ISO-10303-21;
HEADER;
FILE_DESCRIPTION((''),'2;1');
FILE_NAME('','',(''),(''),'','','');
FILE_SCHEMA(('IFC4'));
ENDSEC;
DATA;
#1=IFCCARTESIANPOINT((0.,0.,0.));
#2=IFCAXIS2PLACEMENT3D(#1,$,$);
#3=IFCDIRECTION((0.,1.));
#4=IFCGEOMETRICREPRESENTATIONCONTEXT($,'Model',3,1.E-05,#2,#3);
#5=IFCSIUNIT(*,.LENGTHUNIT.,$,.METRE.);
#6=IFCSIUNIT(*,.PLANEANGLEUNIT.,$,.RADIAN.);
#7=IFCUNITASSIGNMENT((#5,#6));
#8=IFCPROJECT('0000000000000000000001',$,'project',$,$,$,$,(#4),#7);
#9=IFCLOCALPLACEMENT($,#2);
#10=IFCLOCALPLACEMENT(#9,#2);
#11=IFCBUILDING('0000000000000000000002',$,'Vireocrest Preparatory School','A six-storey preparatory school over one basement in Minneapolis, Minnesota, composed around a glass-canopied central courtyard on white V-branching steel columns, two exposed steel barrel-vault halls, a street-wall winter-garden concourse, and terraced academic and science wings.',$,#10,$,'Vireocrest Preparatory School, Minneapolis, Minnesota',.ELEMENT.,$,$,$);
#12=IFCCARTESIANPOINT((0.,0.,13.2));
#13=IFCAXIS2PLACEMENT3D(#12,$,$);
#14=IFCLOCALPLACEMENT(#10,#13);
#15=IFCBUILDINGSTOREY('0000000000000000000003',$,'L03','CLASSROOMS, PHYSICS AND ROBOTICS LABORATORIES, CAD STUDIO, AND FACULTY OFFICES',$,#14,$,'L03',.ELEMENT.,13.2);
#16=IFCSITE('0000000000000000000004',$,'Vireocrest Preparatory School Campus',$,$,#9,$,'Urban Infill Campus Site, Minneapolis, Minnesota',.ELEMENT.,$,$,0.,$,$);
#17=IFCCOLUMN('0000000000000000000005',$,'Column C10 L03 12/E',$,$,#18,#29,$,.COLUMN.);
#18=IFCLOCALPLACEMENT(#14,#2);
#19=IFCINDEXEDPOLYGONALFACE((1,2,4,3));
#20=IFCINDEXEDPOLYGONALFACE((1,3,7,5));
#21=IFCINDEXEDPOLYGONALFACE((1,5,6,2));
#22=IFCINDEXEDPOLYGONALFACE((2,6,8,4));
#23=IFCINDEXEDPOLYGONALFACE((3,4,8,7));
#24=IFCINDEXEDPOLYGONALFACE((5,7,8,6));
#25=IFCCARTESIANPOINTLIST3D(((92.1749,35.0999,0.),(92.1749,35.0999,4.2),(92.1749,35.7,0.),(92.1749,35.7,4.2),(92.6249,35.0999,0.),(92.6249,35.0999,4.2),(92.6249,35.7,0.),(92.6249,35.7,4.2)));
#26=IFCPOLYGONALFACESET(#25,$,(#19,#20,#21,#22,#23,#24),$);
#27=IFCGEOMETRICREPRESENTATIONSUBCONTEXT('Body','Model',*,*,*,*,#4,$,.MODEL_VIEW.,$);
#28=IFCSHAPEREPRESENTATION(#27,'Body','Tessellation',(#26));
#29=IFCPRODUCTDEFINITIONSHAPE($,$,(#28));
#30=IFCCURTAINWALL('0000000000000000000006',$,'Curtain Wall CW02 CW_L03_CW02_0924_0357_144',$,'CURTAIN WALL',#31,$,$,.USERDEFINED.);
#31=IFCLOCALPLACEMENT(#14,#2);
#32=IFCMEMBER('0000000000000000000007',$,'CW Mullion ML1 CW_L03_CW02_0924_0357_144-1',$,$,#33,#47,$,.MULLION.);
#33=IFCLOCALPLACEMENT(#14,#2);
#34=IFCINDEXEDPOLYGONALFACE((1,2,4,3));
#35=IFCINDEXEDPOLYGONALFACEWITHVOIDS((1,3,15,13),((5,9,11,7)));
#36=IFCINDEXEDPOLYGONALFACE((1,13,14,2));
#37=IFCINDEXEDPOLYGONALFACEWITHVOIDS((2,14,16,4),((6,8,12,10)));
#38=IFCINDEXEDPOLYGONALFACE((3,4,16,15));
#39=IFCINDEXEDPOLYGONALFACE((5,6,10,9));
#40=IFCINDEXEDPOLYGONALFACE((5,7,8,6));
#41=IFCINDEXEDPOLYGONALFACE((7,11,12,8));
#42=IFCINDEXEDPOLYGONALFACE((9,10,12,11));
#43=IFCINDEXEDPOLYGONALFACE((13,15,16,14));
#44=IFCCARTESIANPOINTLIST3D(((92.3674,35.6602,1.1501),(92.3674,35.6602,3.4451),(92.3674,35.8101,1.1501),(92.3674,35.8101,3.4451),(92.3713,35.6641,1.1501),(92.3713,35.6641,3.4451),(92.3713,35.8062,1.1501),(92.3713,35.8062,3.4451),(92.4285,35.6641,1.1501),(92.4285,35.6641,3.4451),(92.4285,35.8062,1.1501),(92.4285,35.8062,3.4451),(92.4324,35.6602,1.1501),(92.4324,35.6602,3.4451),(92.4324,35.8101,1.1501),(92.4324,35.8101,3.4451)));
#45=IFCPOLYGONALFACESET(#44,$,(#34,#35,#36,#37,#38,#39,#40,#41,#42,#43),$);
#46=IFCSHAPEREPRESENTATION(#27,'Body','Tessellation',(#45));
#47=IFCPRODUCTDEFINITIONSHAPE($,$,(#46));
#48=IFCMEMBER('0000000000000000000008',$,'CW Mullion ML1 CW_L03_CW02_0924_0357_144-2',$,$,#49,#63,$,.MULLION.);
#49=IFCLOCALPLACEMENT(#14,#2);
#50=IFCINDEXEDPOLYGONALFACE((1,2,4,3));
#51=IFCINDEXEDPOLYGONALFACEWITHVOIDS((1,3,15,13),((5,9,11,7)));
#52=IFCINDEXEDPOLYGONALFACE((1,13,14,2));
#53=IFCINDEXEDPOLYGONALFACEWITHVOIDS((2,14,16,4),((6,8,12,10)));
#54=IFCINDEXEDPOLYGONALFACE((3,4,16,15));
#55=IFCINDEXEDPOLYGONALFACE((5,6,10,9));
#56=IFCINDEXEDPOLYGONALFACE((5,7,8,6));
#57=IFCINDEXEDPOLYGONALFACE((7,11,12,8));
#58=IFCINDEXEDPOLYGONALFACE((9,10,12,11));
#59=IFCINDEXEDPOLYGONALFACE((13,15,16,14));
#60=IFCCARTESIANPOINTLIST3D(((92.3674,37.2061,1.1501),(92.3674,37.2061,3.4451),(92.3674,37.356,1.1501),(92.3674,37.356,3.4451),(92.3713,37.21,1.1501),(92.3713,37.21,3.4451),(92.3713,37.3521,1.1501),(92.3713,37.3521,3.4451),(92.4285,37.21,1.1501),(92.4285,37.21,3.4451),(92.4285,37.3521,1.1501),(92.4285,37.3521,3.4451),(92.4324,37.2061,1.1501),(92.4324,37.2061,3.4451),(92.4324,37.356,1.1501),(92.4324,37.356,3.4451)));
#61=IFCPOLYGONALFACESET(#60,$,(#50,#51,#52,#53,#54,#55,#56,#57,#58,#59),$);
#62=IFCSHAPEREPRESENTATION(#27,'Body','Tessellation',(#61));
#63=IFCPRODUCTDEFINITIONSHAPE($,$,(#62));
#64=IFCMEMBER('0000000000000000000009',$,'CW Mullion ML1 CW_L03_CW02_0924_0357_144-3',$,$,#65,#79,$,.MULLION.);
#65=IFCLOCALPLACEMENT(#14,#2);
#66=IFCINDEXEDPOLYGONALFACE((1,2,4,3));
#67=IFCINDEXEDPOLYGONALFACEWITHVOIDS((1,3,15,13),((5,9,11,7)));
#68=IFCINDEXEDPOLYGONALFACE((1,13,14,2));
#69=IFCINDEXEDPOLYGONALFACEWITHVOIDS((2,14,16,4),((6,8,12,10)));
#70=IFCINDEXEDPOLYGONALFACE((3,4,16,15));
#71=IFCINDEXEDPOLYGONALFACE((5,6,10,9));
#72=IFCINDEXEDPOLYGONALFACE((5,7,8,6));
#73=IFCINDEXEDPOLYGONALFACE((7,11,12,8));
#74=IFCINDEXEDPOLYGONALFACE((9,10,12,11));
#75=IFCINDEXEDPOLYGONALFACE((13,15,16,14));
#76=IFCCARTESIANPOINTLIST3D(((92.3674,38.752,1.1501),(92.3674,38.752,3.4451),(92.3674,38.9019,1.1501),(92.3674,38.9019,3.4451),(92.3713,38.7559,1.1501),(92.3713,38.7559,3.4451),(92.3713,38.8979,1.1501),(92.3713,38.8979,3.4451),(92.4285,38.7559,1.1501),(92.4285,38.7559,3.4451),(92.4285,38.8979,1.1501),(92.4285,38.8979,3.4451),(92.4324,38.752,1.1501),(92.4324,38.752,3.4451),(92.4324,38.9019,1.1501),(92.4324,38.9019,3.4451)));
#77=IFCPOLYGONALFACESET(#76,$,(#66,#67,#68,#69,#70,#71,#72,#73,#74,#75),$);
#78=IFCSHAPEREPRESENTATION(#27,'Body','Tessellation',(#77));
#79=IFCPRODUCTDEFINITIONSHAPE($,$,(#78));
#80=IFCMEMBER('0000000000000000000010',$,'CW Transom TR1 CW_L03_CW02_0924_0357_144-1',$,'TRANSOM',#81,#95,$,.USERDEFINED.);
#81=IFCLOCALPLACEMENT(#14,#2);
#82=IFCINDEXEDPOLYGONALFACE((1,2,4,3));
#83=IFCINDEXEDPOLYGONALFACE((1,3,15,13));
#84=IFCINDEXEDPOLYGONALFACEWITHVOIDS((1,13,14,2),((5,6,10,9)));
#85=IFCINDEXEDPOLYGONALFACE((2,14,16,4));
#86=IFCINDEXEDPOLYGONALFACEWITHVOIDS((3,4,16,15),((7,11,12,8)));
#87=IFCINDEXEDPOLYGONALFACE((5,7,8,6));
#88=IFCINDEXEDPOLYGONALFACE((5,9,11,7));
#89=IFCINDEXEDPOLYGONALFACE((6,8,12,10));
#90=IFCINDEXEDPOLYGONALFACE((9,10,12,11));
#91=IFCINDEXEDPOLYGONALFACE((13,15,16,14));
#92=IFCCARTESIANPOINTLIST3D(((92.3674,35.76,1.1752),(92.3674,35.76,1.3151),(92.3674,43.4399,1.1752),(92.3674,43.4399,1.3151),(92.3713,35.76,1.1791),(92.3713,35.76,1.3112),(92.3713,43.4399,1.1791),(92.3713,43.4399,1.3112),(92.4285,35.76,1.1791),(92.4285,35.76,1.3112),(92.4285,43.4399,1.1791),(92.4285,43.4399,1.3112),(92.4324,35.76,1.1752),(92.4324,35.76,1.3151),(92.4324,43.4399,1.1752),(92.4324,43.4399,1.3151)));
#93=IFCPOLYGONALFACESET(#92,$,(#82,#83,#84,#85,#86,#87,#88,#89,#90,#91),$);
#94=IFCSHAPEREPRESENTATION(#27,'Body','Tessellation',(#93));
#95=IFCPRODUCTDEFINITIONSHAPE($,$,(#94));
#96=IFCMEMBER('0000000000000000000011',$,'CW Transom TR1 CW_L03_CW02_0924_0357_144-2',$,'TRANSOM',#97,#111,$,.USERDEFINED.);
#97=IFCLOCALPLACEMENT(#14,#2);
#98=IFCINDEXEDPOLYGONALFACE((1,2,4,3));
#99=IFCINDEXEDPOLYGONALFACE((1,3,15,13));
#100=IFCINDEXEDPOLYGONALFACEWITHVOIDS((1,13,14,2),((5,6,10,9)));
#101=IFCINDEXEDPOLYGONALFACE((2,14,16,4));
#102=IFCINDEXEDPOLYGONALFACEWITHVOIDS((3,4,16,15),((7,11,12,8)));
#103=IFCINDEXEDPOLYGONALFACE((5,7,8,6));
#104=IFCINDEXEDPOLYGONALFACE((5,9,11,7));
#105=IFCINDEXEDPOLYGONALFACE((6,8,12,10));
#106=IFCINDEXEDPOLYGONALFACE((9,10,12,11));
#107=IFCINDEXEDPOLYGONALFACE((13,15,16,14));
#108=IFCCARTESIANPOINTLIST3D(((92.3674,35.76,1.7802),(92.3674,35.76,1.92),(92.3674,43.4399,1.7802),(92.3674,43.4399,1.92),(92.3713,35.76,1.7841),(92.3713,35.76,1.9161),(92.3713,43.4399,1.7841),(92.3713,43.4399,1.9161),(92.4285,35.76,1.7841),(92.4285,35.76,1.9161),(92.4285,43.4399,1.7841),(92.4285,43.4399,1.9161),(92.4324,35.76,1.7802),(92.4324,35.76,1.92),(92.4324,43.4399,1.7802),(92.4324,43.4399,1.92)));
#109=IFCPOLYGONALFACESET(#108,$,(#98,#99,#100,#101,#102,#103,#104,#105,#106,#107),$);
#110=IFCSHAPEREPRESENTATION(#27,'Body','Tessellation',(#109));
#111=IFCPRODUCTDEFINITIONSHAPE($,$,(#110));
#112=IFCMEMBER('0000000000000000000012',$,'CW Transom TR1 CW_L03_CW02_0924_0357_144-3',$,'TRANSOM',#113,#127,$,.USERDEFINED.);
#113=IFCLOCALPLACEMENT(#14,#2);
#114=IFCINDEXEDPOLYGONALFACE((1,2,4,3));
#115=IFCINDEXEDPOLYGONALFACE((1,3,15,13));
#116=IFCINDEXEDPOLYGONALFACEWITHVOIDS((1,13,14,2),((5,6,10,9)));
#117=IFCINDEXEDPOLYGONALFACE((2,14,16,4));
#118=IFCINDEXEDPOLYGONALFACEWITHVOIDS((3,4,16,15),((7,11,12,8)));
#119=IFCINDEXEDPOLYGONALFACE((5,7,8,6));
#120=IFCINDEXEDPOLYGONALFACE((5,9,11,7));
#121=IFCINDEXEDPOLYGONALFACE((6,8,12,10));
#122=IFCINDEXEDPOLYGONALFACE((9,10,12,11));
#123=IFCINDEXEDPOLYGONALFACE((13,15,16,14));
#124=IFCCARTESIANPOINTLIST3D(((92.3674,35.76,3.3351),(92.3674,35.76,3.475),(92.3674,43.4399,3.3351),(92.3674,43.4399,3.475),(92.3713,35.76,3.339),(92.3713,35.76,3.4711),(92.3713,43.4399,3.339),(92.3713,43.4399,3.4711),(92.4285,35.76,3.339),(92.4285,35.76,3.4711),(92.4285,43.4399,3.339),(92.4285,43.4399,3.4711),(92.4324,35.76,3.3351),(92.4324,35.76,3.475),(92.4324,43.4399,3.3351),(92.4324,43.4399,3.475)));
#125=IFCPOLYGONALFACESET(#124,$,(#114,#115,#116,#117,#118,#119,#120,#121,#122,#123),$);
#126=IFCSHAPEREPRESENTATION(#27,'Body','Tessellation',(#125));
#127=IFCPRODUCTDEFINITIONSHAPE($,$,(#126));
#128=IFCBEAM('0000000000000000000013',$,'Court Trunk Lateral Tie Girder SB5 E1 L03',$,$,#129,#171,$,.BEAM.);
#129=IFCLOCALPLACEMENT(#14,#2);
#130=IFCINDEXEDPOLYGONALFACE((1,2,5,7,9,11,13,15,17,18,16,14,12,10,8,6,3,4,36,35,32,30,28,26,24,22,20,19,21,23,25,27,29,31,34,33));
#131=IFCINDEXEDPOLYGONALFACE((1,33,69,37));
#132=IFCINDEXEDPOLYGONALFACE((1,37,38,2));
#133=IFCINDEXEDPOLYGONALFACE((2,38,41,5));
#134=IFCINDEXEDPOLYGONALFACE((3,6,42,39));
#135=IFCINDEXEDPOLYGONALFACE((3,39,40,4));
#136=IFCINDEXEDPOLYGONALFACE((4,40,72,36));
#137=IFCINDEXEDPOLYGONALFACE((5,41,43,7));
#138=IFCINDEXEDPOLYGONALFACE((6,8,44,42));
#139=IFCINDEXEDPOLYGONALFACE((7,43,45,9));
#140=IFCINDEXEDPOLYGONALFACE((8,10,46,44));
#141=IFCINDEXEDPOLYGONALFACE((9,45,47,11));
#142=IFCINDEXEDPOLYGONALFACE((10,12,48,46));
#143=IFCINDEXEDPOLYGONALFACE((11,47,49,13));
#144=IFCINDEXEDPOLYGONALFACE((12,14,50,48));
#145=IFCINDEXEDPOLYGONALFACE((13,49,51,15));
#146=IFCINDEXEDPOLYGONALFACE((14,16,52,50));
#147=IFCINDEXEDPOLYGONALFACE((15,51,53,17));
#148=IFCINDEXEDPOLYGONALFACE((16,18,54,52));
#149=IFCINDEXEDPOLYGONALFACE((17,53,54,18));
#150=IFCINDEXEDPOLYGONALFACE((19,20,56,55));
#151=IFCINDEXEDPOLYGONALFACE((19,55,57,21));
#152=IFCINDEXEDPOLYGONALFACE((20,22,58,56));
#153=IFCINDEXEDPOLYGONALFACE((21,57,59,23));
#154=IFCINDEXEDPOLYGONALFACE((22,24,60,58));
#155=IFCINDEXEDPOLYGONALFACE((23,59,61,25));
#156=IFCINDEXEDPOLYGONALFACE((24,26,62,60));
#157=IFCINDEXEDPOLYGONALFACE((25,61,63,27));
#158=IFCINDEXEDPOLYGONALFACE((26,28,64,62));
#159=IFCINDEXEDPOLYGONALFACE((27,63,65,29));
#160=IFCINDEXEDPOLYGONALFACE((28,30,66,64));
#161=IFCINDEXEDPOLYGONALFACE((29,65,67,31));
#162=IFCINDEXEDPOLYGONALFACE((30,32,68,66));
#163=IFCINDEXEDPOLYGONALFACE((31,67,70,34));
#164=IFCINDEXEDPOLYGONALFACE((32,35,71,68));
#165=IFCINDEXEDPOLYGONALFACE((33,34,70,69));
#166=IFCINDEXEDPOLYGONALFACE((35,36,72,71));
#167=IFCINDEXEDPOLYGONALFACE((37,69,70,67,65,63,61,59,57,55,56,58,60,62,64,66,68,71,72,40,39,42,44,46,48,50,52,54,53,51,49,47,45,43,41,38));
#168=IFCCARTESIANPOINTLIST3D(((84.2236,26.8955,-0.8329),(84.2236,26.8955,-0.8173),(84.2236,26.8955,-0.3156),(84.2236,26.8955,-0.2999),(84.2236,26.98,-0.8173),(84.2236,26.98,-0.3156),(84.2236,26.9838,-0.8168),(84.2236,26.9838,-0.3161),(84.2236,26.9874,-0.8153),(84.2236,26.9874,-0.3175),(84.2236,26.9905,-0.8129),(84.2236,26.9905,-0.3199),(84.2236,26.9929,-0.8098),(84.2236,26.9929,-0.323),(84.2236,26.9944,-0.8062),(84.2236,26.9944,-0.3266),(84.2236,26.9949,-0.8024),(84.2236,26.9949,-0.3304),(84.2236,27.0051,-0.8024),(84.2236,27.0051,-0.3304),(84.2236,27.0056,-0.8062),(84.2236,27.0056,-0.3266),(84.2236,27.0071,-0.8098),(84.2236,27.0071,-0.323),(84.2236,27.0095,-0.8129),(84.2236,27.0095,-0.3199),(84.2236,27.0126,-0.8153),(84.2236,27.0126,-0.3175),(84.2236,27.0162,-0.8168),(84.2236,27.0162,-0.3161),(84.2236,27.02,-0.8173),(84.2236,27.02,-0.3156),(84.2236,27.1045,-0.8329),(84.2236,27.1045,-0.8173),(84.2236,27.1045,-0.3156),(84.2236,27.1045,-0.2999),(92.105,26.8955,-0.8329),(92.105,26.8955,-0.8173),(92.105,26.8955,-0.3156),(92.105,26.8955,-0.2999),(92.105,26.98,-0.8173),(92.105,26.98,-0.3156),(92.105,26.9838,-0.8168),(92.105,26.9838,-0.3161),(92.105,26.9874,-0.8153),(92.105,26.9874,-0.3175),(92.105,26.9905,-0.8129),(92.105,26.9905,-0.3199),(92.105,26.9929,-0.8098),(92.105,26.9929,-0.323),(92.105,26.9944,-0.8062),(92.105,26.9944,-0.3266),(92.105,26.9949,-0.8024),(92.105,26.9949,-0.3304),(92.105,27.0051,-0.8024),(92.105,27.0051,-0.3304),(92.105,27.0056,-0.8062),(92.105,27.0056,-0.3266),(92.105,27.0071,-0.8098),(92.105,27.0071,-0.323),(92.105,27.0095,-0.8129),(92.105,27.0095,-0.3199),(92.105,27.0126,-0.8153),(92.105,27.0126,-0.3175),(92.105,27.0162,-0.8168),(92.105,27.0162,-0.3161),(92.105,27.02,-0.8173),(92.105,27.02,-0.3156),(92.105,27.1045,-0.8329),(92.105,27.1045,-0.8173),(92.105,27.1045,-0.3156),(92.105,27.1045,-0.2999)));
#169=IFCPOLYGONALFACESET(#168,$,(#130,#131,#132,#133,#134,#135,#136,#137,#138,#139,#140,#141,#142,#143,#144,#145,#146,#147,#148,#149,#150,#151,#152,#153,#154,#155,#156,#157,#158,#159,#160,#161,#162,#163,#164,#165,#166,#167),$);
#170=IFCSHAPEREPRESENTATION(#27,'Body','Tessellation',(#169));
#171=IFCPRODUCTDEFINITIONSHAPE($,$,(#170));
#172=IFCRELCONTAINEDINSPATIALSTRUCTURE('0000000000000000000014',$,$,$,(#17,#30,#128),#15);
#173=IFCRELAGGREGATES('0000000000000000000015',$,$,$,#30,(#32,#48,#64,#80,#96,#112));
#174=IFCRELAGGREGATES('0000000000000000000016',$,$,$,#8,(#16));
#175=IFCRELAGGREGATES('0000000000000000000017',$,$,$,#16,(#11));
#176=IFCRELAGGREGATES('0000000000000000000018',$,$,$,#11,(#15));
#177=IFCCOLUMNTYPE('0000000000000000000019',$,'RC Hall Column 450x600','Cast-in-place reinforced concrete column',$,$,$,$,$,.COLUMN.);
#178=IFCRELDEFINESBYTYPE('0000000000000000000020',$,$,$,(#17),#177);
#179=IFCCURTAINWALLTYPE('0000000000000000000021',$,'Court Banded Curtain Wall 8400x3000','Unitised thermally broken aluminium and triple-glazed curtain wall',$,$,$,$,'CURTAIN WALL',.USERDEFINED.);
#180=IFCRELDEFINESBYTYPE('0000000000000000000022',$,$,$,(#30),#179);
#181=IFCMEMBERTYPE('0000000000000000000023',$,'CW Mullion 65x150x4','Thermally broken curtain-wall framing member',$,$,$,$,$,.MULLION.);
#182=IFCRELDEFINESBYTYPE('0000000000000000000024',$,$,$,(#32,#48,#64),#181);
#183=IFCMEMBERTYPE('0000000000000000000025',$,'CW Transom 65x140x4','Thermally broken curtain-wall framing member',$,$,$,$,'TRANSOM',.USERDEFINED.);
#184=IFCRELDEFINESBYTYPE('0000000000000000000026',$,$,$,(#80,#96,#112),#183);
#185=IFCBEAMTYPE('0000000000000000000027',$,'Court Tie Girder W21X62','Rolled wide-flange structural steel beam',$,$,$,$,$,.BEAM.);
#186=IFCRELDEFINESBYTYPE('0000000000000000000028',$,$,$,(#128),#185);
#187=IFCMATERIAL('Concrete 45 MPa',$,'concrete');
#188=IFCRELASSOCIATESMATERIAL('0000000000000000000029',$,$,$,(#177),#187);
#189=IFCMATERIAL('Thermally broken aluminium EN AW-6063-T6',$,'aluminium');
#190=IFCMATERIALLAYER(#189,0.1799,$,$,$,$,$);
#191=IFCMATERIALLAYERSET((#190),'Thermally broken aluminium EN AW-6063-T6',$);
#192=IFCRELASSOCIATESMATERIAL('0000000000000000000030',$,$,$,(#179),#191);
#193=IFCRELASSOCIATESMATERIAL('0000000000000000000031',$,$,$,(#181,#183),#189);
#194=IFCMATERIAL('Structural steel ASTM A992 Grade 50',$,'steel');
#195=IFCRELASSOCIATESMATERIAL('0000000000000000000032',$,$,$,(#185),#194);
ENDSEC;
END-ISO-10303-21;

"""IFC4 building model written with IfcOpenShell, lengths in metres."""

from ifc_helpers import new_model, si_unit, direction, frame, origin, origin_2d, place, context, subcontext, project, spatial, rectangle, hollow_rectangle, i_section, extrude, material, layer, layer_set, material_profile, profile_set, type_object, element, aggregate, save


model = new_model("IFC4")

# Units and contexts
model_context = context("Model", 3, precision=1e-05, world=origin(), true_north=direction((0.0, 1.0)))
body_context = subcontext(model_context, "Body", "Model", "MODEL_VIEW")
ifc_project = project(units=[si_unit("LENGTHUNIT", "METRE"), si_unit("PLANEANGLEUNIT", "RADIAN")], contexts=[model_context])

# Site, building, storey
site_placement = place(None, origin())
site = spatial("IfcSite", under=ifc_project, at=site_placement, Name="Vireocrest Preparatory School Campus", LongName="Urban Infill Campus Site, Minneapolis, Minnesota", CompositionType="ELEMENT", RefElevation=0.0)
building_placement = place(site_placement, origin())
building = spatial("IfcBuilding", under=site, at=building_placement, Name="Vireocrest Preparatory School", Description="A six-storey preparatory school over one basement in Minneapolis, Minnesota, composed around a glass-canopied central courtyard on white V-branching steel columns, two exposed steel barrel-vault halls, a street-wall winter-garden concourse, and terraced academic and science wings.", LongName="Vireocrest Preparatory School, Minneapolis, Minnesota", CompositionType="ELEMENT")
storey_placement = place(building_placement, frame((0.0, 0.0, 13.2)))
storey = spatial("IfcBuildingStorey", under=building, at=storey_placement, Name="L03", Description="CLASSROOMS, PHYSICS AND ROBOTICS LABORATORIES, CAD STUDIO, AND FACULTY OFFICES", LongName="L03", CompositionType="ELEMENT", Elevation=13.2)

# Column
ifc_material_1 = material(Name="Concrete 45 MPa", Category="concrete")
ifc_material_profile_1 = material_profile(ifc_material_1, rectangle(XDim=0.45, YDim=0.6001, at=origin_2d()), Name="RC 450x600")
ifc_profile_set_1 = profile_set([ifc_material_profile_1], Name="Concrete 45 MPa")
column_type = type_object("IfcColumnType", Name="RC Hall Column 450x600", Description="Cast-in-place reinforced concrete column", PredefinedType="COLUMN", material=ifc_profile_set_1)
column_placement = place(storey_placement, frame((92.3999, 35.3999, 0.0), z_axis=(0.0, 0.0, 1.0), x_axis=(1.0, 0.0, 0.0)))
element("IfcColumn", 1, at=column_placement, inside=storey, type_object=column_type, Name="Column C10 L03 12/E", PredefinedType="COLUMN", context=body_context, shape_type="SweptSolid", body=[
    extrude(rectangle(XDim=0.45, YDim=0.6001, at=origin_2d()), origin(), (0.0, 0.0, 1.0), 4.2),
])

# Curtain wall, members
ifc_material_2 = material(Name="Thermally broken aluminium EN AW-6063-T6", Category="aluminium")
ifc_layer_1 = layer(ifc_material_2, 0.1799)
ifc_layer_set_1 = layer_set([ifc_layer_1], Name="Thermally broken aluminium EN AW-6063-T6")
curtain_wall_type = type_object("IfcCurtainWallType", Name="Court Banded Curtain Wall 8400x3000", Description="Unitised thermally broken aluminium and triple-glazed curtain wall", ElementType="CURTAIN WALL", PredefinedType="USERDEFINED", material=ifc_layer_set_1)
curtain_wall_placement = place(storey_placement, origin())
curtain_wall = element("IfcCurtainWall", 2, at=curtain_wall_placement, inside=storey, type_object=curtain_wall_type, Name="Curtain Wall CW02 CW_L03_CW02_0924_0357_144", ObjectType="CURTAIN WALL", PredefinedType="USERDEFINED")
ifc_material_profile_2 = material_profile(ifc_material_2, hollow_rectangle(XDim=0.0649, YDim=0.1499, WallThickness=0.0039, at=origin_2d()), Name="ALU 65x150x4")
ifc_profile_set_2 = profile_set([ifc_material_profile_2], Name="Thermally broken aluminium EN AW-6063-T6")
member_type_1 = type_object("IfcMemberType", Name="CW Mullion 65x150x4", Description="Thermally broken curtain-wall framing member", PredefinedType="MULLION", material=ifc_profile_set_2)
member_1_placement = place(storey_placement, frame((92.3999, 35.7351, 1.1501), z_axis=(0.0, 0.0, 1.0), x_axis=(1.0, 0.0, 0.0)))
member_1 = element("IfcMember", 3, at=member_1_placement, type_object=member_type_1, Name="CW Mullion ML1 CW_L03_CW02_0924_0357_144-1", PredefinedType="MULLION", context=body_context, shape_type="SweptSolid", body=[
    extrude(hollow_rectangle(XDim=0.0649, YDim=0.1499, WallThickness=0.0039, at=origin_2d()), origin(), (0.0, 0.0, 1.0), 2.2949),
])
member_2_placement = place(storey_placement, frame((92.3999, 37.281, 1.1501), z_axis=(0.0, 0.0, 1.0), x_axis=(1.0, 0.0, 0.0)))
member_2 = element("IfcMember", 4, at=member_2_placement, type_object=member_type_1, Name="CW Mullion ML1 CW_L03_CW02_0924_0357_144-2", PredefinedType="MULLION", context=body_context, shape_type="SweptSolid", body=[
    extrude(hollow_rectangle(XDim=0.0649, YDim=0.1499, WallThickness=0.0039, at=origin_2d()), origin(), (0.0, 0.0, 1.0), 2.2949),
])
member_3_placement = place(storey_placement, frame((92.3999, 38.8269, 1.1501), z_axis=(0.0, 0.0, 1.0), x_axis=(1.0, 0.0, 0.0)))
member_3 = element("IfcMember", 5, at=member_3_placement, type_object=member_type_1, Name="CW Mullion ML1 CW_L03_CW02_0924_0357_144-3", PredefinedType="MULLION", context=body_context, shape_type="SweptSolid", body=[
    extrude(hollow_rectangle(XDim=0.0649, YDim=0.1499, WallThickness=0.0039, at=origin_2d()), origin(), (0.0, 0.0, 1.0), 2.2949),
])
ifc_material_profile_3 = material_profile(ifc_material_2, hollow_rectangle(XDim=0.0649, YDim=0.1399, WallThickness=0.0039, at=origin_2d()), Name="ALU 65x140x4")
ifc_profile_set_3 = profile_set([ifc_material_profile_3], Name="Thermally broken aluminium EN AW-6063-T6")
member_type_2 = type_object("IfcMemberType", Name="CW Transom 65x140x4", Description="Thermally broken curtain-wall framing member", ElementType="TRANSOM", PredefinedType="USERDEFINED", material=ifc_profile_set_3)
member_4_placement = place(storey_placement, frame((92.3999, 35.76, 1.2451), z_axis=(0.0, 1.0, 0.0), x_axis=(-1.0, 0.0, 0.0)))
member_4 = element("IfcMember", 6, at=member_4_placement, type_object=member_type_2, Name="CW Transom TR1 CW_L03_CW02_0924_0357_144-1", ObjectType="TRANSOM", PredefinedType="USERDEFINED", context=body_context, shape_type="SweptSolid", body=[
    extrude(hollow_rectangle(XDim=0.0649, YDim=0.1399, WallThickness=0.0039, at=origin_2d()), origin(), (0.0, 0.0, 1.0), 7.6799),
])
member_5_placement = place(storey_placement, frame((92.3999, 35.76, 1.8501), z_axis=(0.0, 1.0, 0.0), x_axis=(-1.0, 0.0, 0.0)))
member_5 = element("IfcMember", 7, at=member_5_placement, type_object=member_type_2, Name="CW Transom TR1 CW_L03_CW02_0924_0357_144-2", ObjectType="TRANSOM", PredefinedType="USERDEFINED", context=body_context, shape_type="SweptSolid", body=[
    extrude(hollow_rectangle(XDim=0.0649, YDim=0.1399, WallThickness=0.0039, at=origin_2d()), origin(), (0.0, 0.0, 1.0), 7.6799),
])
member_6_placement = place(storey_placement, frame((92.3999, 35.76, 3.405), z_axis=(0.0, 1.0, 0.0), x_axis=(-1.0, 0.0, 0.0)))
member_6 = element("IfcMember", 8, at=member_6_placement, type_object=member_type_2, Name="CW Transom TR1 CW_L03_CW02_0924_0357_144-3", ObjectType="TRANSOM", PredefinedType="USERDEFINED", context=body_context, shape_type="SweptSolid", body=[
    extrude(hollow_rectangle(XDim=0.0649, YDim=0.1399, WallThickness=0.0039, at=origin_2d()), origin(), (0.0, 0.0, 1.0), 7.6799),
])

# Beam
ifc_material_3 = material(Name="Structural steel ASTM A992 Grade 50", Category="steel")
ifc_material_profile_4 = material_profile(ifc_material_3, i_section(OverallWidth=0.209, OverallDepth=0.533, WebThickness=0.0103, FlangeThickness=0.0156, FilletRadius=0.0149, at=origin_2d()), Name="W21X62")
ifc_profile_set_4 = profile_set([ifc_material_profile_4], Name="Structural steel ASTM A992 Grade 50")
beam_type_1 = type_object("IfcBeamType", Name="Court Tie Girder W21X62", Description="Rolled wide-flange structural steel beam", PredefinedType="BEAM", material=ifc_profile_set_4)
for number, where, z_axis, x_axis, name in (
    (9, (84.2236, 27.0, -0.5664), (1.0, 0.0, 0.0), (0.0, 1.0, 0.0), "Court Trunk Lateral Tie Girder SB5 E1 L03"),
):
    element("IfcBeam", number, at=place(storey_placement, frame(where, z_axis=z_axis, x_axis=x_axis)), inside=storey, type_object=beam_type_1, Name=name, PredefinedType="BEAM", context=body_context, shape_type="SweptSolid", body=[
        extrude(i_section(OverallWidth=0.209, OverallDepth=0.533, WebThickness=0.0103, FlangeThickness=0.0156, FilletRadius=0.0149, at=origin_2d()), origin(), (0.0, 0.0, 1.0), 7.8813),
    ])

aggregate(curtain_wall, [member_1, member_2, member_3, member_4, member_5, member_6])

save(model, "model.ifc")
